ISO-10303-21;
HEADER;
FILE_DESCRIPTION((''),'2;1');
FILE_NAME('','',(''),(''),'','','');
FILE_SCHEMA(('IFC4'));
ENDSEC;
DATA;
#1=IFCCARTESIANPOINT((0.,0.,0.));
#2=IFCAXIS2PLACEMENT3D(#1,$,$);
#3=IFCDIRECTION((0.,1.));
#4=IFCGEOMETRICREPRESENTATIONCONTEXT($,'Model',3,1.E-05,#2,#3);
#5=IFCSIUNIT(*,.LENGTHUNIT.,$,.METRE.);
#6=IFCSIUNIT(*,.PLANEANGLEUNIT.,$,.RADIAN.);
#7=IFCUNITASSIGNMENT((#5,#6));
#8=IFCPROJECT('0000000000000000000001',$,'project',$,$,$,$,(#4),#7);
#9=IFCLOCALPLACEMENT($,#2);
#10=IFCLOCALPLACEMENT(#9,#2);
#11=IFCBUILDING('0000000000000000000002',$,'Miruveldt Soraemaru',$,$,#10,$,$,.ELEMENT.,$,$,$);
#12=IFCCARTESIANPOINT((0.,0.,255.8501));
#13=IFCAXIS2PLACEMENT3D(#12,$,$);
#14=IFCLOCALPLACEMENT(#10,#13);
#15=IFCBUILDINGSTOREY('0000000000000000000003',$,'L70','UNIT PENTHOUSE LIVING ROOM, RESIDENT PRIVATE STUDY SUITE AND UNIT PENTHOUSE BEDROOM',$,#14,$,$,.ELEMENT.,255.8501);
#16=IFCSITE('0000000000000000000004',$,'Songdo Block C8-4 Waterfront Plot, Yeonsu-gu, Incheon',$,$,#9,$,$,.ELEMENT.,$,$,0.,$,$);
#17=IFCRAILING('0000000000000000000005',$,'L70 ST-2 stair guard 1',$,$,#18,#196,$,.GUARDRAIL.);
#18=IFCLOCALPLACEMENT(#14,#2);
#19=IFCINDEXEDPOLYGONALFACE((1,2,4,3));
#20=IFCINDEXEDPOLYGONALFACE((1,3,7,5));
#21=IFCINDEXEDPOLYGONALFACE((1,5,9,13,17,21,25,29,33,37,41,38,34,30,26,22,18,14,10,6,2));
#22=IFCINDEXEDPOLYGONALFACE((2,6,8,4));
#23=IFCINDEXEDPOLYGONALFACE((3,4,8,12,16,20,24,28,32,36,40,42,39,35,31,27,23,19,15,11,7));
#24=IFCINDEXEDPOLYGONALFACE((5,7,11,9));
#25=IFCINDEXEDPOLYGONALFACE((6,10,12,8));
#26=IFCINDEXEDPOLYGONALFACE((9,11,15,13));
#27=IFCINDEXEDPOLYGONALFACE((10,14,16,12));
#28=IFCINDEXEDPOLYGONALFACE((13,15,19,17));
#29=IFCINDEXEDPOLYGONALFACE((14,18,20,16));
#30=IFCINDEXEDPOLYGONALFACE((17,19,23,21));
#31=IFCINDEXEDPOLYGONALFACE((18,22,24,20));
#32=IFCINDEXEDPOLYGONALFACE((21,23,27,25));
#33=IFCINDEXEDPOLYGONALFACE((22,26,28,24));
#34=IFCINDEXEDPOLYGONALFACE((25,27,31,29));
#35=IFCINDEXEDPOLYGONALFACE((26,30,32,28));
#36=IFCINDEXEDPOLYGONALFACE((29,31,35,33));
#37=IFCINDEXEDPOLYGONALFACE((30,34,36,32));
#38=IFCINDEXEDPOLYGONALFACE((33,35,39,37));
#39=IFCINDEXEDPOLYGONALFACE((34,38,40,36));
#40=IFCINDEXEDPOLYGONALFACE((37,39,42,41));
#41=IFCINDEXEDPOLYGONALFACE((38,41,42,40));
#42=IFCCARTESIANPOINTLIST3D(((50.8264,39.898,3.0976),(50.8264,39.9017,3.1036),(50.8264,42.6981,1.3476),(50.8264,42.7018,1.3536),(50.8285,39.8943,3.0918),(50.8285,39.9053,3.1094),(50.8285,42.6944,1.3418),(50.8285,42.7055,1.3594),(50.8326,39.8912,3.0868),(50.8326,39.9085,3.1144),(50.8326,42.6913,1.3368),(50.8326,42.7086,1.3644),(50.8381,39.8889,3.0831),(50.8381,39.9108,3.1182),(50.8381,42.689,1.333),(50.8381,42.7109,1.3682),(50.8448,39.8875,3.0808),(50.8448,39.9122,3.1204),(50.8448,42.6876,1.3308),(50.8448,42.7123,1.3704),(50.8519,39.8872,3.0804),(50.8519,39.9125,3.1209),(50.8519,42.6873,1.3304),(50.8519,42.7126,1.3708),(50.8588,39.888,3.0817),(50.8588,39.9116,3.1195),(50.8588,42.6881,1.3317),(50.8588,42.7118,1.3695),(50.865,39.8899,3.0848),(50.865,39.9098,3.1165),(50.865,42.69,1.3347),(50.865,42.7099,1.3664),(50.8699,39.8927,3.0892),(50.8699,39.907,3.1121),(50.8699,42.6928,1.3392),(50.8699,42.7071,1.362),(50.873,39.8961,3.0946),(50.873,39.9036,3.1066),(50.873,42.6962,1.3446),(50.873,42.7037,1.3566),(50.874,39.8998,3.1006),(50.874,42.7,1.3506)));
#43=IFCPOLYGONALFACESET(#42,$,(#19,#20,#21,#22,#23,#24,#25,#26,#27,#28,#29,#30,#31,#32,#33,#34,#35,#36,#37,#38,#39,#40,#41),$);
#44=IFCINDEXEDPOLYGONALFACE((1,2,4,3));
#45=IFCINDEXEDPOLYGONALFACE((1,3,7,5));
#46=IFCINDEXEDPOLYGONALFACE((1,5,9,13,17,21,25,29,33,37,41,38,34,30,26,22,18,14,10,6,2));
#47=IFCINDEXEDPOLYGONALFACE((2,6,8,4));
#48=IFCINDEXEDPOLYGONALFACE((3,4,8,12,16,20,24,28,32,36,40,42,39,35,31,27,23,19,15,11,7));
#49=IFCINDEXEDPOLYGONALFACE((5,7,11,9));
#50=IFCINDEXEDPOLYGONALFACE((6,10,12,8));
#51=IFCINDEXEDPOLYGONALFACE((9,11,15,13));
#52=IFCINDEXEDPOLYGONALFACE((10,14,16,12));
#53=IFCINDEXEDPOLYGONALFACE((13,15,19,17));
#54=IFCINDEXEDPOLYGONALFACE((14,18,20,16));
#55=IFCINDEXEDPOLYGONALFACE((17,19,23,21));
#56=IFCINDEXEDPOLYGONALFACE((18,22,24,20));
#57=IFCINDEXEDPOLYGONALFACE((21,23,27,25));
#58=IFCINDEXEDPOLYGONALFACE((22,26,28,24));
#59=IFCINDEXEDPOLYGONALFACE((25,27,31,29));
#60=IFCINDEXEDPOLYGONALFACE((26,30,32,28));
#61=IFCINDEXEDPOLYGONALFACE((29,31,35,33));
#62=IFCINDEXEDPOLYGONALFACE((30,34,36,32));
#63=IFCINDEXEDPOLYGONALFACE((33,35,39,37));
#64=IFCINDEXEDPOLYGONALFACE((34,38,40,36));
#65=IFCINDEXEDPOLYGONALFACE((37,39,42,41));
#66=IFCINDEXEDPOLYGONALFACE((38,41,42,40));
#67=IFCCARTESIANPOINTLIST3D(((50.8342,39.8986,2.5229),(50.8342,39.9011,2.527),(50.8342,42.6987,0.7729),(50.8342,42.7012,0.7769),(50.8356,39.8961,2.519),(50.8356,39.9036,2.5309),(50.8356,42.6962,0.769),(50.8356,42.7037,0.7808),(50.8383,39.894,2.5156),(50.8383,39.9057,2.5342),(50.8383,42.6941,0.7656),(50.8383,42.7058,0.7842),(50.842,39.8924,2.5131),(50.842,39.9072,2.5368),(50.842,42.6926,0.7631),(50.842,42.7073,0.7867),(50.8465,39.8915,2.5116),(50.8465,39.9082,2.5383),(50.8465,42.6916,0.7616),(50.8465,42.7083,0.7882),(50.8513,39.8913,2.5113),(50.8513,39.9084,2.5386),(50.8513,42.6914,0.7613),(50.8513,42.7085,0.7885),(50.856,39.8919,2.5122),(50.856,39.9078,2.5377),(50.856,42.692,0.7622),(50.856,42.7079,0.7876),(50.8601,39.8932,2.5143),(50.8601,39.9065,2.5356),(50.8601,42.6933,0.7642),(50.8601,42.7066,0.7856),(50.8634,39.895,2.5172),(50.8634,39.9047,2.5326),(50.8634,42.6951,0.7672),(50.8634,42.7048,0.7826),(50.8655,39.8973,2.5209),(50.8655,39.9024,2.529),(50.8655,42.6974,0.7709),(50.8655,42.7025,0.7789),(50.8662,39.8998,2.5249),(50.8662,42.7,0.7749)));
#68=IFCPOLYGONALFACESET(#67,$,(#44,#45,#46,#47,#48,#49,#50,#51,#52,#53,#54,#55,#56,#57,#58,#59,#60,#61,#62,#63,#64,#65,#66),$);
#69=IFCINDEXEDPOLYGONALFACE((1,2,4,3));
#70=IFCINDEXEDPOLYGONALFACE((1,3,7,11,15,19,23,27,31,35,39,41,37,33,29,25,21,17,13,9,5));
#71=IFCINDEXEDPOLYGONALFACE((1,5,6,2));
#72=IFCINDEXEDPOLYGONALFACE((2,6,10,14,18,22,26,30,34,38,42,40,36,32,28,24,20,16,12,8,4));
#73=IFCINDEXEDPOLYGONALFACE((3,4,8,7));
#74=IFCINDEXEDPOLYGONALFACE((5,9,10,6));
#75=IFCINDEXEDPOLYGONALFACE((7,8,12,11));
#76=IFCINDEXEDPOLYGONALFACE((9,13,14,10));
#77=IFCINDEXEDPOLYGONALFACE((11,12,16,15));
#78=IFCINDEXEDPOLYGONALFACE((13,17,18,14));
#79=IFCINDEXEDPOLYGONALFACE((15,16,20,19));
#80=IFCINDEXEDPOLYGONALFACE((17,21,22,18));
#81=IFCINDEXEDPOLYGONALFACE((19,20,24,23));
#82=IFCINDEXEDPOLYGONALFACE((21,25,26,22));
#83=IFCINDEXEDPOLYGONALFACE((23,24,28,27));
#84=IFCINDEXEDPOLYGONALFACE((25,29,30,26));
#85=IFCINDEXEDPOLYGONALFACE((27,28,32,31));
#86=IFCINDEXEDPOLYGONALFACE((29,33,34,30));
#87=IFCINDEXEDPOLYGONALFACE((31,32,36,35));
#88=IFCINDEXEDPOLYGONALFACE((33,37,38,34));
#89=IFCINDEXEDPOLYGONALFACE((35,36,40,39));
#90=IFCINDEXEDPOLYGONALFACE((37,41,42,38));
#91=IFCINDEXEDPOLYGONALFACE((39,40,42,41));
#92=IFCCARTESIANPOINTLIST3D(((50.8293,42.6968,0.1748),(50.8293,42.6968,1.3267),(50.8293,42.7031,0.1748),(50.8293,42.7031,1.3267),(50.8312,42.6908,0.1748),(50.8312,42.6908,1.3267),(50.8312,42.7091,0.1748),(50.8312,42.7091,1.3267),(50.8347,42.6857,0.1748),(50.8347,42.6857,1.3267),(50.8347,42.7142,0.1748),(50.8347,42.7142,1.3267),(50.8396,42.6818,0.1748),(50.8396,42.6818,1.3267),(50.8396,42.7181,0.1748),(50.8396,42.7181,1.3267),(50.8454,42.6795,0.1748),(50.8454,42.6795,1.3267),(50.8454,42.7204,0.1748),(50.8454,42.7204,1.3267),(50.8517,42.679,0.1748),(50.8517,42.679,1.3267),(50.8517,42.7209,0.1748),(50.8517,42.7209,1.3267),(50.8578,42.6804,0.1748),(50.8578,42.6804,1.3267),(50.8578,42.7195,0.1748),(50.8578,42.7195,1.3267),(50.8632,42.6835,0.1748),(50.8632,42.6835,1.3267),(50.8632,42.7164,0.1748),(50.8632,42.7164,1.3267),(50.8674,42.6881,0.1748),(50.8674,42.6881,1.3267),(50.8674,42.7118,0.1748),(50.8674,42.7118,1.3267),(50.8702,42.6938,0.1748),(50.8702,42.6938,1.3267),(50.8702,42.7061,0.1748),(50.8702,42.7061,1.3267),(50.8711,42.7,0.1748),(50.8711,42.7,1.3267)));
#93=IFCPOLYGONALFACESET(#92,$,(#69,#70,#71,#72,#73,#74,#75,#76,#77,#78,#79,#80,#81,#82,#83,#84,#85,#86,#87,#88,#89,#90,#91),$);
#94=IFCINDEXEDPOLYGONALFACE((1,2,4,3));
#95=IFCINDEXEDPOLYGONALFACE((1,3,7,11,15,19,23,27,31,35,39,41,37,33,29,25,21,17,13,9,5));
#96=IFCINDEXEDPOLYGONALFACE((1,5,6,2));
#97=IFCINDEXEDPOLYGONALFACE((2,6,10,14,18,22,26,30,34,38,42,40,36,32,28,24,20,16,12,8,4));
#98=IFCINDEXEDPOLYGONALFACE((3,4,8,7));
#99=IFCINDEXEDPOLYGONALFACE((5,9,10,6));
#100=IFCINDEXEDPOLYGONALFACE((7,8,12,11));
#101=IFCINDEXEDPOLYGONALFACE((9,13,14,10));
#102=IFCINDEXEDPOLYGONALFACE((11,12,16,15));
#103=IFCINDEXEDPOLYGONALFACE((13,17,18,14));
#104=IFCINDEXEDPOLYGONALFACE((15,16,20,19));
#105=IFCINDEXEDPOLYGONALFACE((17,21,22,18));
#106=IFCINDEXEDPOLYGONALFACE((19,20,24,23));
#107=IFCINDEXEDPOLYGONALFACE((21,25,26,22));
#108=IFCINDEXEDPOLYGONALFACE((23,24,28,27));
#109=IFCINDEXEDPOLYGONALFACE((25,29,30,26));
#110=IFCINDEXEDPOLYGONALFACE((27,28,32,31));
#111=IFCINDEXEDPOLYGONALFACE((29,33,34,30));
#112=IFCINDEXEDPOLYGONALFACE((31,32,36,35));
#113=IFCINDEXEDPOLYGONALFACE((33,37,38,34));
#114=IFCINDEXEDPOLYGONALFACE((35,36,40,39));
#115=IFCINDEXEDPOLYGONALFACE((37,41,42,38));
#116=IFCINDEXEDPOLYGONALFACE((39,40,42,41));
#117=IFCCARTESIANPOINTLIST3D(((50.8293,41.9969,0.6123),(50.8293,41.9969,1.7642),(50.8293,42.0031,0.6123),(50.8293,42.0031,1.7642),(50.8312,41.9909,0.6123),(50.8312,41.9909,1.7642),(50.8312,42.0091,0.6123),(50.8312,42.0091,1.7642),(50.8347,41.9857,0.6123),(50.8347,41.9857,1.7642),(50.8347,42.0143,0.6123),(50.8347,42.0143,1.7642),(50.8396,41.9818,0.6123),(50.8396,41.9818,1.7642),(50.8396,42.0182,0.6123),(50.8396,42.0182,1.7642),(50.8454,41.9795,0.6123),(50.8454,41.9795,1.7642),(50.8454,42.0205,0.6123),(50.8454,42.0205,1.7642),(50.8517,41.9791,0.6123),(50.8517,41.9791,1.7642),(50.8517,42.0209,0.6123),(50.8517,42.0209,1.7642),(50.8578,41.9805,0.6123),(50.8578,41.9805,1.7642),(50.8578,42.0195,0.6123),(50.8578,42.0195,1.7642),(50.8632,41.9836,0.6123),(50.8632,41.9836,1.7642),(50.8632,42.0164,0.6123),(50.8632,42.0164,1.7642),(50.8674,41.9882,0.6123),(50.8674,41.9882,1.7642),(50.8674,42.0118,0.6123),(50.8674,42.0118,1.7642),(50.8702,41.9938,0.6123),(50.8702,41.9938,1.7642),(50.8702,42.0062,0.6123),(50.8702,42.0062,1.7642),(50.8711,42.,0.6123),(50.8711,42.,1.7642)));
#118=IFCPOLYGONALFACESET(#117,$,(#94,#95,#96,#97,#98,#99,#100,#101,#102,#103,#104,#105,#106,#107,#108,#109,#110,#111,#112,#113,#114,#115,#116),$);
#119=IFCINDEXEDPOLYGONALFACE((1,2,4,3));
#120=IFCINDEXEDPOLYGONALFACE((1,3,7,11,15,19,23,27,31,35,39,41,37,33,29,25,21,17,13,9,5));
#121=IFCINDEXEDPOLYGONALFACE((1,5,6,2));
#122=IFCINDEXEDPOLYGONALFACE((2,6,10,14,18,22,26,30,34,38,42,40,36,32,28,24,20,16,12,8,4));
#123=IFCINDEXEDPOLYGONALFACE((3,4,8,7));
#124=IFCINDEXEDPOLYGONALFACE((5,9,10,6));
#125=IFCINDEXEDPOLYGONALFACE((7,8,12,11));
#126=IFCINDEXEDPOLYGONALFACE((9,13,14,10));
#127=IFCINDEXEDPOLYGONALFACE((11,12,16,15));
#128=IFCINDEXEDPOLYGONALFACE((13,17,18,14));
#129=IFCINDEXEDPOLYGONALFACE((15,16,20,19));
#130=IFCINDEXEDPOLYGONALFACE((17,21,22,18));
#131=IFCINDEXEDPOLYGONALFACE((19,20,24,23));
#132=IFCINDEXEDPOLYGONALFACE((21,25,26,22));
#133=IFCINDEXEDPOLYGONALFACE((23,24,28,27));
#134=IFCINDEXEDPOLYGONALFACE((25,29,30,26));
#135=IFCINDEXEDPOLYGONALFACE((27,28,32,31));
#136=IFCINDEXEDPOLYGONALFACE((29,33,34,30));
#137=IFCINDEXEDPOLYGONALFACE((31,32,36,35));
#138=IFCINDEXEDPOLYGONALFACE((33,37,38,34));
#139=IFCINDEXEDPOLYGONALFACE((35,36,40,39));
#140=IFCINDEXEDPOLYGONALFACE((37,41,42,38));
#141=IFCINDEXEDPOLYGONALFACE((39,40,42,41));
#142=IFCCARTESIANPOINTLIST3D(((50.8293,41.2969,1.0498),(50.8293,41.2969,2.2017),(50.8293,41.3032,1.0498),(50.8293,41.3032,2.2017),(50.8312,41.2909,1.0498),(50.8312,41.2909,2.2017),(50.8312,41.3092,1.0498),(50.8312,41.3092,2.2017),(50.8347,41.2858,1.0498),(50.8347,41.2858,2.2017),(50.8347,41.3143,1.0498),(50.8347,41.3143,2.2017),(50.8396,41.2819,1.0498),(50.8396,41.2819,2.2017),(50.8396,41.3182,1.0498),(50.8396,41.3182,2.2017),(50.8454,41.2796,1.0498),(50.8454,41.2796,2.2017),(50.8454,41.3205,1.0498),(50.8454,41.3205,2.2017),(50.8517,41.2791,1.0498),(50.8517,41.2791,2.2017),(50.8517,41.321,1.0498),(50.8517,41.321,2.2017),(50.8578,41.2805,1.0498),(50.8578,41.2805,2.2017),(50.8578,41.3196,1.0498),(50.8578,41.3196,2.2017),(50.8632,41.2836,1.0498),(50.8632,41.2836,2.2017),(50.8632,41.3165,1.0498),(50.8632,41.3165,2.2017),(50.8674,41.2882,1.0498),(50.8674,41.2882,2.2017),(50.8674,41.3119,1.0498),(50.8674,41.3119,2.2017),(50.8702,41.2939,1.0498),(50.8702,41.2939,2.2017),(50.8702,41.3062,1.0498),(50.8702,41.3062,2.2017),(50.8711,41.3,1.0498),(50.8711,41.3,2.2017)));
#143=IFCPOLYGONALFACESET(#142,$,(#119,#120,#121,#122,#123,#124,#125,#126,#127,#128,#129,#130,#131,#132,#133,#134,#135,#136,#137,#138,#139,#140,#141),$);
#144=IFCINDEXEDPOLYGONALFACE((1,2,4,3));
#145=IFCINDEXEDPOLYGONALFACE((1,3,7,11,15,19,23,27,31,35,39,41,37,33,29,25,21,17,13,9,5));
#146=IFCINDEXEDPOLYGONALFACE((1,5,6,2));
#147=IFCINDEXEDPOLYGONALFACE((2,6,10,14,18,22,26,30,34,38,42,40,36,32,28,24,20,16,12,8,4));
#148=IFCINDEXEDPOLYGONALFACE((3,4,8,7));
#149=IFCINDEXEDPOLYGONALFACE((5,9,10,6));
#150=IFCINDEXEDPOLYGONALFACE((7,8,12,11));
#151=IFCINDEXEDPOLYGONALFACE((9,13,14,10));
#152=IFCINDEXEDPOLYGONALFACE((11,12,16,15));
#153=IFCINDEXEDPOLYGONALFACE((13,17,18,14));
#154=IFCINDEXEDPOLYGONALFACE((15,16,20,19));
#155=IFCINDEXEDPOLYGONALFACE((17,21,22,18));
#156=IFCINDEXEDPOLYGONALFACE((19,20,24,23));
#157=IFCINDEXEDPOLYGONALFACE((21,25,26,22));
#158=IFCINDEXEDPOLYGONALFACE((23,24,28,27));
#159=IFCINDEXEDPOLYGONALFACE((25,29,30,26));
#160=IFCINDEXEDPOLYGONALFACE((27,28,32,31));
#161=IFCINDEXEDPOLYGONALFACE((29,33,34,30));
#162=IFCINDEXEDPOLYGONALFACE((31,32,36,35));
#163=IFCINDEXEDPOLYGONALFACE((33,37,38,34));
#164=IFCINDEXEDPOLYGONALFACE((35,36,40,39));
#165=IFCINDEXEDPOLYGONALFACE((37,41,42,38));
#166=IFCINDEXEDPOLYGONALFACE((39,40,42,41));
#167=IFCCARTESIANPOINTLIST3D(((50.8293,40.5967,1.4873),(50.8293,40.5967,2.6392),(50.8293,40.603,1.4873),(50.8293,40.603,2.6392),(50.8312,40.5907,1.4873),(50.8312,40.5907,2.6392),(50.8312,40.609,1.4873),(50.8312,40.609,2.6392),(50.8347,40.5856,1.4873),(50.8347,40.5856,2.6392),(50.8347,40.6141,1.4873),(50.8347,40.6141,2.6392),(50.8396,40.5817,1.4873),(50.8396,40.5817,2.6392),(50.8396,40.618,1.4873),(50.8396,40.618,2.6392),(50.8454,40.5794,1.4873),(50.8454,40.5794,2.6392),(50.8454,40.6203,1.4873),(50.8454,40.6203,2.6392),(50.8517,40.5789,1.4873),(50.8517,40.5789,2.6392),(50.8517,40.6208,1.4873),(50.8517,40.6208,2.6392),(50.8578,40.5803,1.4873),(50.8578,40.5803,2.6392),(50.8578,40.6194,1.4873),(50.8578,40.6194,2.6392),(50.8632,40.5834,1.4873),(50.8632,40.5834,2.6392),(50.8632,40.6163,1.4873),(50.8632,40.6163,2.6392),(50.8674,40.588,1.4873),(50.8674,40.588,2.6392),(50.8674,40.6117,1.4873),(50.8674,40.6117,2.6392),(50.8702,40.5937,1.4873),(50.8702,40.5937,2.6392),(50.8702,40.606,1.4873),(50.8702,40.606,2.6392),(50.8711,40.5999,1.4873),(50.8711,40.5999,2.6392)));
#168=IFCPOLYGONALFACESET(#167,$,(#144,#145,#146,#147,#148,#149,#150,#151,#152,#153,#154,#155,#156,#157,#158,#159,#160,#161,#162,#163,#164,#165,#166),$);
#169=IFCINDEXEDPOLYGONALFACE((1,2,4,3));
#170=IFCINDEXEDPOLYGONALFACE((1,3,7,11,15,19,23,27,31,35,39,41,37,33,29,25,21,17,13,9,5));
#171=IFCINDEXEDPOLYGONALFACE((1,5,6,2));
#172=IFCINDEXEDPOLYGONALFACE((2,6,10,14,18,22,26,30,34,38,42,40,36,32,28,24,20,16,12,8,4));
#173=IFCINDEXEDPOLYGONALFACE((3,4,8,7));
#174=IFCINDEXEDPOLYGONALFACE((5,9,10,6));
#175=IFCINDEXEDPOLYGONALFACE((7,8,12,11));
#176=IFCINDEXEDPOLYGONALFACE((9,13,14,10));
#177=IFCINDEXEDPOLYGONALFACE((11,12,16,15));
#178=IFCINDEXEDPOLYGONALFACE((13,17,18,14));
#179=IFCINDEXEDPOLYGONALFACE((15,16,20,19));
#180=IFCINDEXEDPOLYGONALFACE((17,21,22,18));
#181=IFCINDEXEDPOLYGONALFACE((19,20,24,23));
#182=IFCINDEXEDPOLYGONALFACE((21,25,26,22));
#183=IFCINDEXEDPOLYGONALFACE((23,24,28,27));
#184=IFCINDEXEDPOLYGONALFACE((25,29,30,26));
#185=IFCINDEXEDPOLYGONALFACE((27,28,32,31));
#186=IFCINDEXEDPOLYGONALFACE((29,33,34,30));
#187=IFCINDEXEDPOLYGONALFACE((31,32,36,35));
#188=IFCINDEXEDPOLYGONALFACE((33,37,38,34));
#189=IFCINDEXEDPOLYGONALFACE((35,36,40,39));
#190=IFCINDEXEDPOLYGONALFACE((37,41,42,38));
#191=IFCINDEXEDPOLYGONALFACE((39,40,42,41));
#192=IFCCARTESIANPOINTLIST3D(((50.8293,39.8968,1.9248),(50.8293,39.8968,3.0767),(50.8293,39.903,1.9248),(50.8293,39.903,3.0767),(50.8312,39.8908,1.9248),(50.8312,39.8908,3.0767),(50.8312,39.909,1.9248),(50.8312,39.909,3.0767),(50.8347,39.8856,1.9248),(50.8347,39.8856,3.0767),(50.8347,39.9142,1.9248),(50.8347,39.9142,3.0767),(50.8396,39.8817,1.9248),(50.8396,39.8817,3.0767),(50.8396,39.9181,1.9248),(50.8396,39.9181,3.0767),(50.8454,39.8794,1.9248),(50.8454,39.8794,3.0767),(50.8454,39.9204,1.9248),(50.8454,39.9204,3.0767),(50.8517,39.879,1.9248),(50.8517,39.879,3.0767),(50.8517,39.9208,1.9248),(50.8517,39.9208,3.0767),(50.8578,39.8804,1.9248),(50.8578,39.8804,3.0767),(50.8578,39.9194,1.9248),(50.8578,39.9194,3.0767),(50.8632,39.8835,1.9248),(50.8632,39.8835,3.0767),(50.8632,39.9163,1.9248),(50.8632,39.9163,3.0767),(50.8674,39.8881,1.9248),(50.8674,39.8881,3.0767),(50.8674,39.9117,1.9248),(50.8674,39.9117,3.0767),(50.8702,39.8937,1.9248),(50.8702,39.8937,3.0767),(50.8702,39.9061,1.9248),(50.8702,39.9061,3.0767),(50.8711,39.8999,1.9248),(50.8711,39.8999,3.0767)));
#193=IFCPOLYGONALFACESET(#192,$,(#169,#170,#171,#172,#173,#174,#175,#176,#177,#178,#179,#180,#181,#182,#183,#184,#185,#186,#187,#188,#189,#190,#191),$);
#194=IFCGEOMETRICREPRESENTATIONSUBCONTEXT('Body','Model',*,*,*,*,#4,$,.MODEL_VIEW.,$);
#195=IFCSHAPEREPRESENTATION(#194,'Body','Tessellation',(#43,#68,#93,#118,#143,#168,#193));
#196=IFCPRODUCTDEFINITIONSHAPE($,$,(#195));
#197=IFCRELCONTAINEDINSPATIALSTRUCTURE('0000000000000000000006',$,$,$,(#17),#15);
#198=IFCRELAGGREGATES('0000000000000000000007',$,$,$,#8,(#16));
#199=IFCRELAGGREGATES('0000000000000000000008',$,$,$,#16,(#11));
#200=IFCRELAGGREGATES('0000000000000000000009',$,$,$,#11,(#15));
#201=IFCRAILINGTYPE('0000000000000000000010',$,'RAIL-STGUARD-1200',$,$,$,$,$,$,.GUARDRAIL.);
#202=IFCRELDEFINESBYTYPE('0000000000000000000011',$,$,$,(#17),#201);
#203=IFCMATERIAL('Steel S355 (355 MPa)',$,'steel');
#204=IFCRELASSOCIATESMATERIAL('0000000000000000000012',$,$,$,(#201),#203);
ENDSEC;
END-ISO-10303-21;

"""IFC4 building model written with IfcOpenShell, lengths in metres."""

from ifc_helpers import new_model, si_unit, direction, frame, origin, origin_2d, place, context, subcontext, project, spatial, circle, extrude, material, type_object, element, save


model = new_model("IFC4")

# Units and contexts
model_context = context("Model", 3, precision=1e-05, world=origin(), true_north=direction((0.0, 1.0)))
body_context = subcontext(model_context, "Body", "Model", "MODEL_VIEW")
ifc_project = project(units=[si_unit("LENGTHUNIT", "METRE"), si_unit("PLANEANGLEUNIT", "RADIAN")], contexts=[model_context])

# Site, building, storey
site_placement = place(None, origin())
site = spatial("IfcSite", under=ifc_project, at=site_placement, Name="Songdo Block C8-4 Waterfront Plot, Yeonsu-gu, Incheon", CompositionType="ELEMENT", RefElevation=0.0)
building_placement = place(site_placement, origin())
building = spatial("IfcBuilding", under=site, at=building_placement, Name="Miruveldt Soraemaru", CompositionType="ELEMENT")
storey_placement = place(building_placement, frame((0.0, 0.0, 255.8501)))
storey = spatial("IfcBuildingStorey", under=building, at=storey_placement, Name="L70", Description="UNIT PENTHOUSE LIVING ROOM, RESIDENT PRIVATE STUDY SUITE AND UNIT PENTHOUSE BEDROOM", CompositionType="ELEMENT", Elevation=255.8501)

# Railing
ifc_material_1 = material(Name="Steel S355 (355 MPa)", Category="steel")
railing_type_1 = type_object("IfcRailingType", Name="RAIL-STGUARD-1200", PredefinedType="GUARDRAIL", material=ifc_material_1)
railing_1_placement = place(storey_placement, frame((50.8501, 42.7, 0.1748)))
element("IfcRailing", 1, at=railing_1_placement, inside=storey, type_object=railing_type_1, Name="L70 ST-2 stair guard 1", PredefinedType="GUARDRAIL", context=body_context, shape_type="SweptSolid", body=[
    extrude(circle(Radius=0.0239, at=origin_2d()), frame((0.0, 0.0, 1.1758), z_axis=(0.0, -0.848002, 0.529992), x_axis=(1.0, 0.0, 0.0)), (0.0, 0.0, 1.0), 3.302),
    extrude(circle(Radius=0.0161, at=origin_2d()), frame((0.0, 0.0, 0.6001), z_axis=(0.0, -0.848002, 0.529992), x_axis=(1.0, 0.0, 0.0)), (0.0, 0.0, 1.0), 3.302),
    extrude(circle(Radius=0.021, at=origin_2d()), origin(), (0.0, 0.0, 1.0), 1.1519),
    extrude(circle(Radius=0.021, at=origin_2d()), frame((0.0, -0.7, 0.4375)), (0.0, 0.0, 1.0), 1.1519),
    extrude(circle(Radius=0.021, at=origin_2d()), frame((0.0, -1.3999, 0.875)), (0.0, 0.0, 1.0), 1.1519),
    extrude(circle(Radius=0.021, at=origin_2d()), frame((0.0, -2.1001, 1.3125)), (0.0, 0.0, 1.0), 1.1519),
    extrude(circle(Radius=0.021, at=origin_2d()), frame((0.0, -2.8, 1.75)), (0.0, 0.0, 1.0), 1.1519),
])

save(model, "model.ifc")
